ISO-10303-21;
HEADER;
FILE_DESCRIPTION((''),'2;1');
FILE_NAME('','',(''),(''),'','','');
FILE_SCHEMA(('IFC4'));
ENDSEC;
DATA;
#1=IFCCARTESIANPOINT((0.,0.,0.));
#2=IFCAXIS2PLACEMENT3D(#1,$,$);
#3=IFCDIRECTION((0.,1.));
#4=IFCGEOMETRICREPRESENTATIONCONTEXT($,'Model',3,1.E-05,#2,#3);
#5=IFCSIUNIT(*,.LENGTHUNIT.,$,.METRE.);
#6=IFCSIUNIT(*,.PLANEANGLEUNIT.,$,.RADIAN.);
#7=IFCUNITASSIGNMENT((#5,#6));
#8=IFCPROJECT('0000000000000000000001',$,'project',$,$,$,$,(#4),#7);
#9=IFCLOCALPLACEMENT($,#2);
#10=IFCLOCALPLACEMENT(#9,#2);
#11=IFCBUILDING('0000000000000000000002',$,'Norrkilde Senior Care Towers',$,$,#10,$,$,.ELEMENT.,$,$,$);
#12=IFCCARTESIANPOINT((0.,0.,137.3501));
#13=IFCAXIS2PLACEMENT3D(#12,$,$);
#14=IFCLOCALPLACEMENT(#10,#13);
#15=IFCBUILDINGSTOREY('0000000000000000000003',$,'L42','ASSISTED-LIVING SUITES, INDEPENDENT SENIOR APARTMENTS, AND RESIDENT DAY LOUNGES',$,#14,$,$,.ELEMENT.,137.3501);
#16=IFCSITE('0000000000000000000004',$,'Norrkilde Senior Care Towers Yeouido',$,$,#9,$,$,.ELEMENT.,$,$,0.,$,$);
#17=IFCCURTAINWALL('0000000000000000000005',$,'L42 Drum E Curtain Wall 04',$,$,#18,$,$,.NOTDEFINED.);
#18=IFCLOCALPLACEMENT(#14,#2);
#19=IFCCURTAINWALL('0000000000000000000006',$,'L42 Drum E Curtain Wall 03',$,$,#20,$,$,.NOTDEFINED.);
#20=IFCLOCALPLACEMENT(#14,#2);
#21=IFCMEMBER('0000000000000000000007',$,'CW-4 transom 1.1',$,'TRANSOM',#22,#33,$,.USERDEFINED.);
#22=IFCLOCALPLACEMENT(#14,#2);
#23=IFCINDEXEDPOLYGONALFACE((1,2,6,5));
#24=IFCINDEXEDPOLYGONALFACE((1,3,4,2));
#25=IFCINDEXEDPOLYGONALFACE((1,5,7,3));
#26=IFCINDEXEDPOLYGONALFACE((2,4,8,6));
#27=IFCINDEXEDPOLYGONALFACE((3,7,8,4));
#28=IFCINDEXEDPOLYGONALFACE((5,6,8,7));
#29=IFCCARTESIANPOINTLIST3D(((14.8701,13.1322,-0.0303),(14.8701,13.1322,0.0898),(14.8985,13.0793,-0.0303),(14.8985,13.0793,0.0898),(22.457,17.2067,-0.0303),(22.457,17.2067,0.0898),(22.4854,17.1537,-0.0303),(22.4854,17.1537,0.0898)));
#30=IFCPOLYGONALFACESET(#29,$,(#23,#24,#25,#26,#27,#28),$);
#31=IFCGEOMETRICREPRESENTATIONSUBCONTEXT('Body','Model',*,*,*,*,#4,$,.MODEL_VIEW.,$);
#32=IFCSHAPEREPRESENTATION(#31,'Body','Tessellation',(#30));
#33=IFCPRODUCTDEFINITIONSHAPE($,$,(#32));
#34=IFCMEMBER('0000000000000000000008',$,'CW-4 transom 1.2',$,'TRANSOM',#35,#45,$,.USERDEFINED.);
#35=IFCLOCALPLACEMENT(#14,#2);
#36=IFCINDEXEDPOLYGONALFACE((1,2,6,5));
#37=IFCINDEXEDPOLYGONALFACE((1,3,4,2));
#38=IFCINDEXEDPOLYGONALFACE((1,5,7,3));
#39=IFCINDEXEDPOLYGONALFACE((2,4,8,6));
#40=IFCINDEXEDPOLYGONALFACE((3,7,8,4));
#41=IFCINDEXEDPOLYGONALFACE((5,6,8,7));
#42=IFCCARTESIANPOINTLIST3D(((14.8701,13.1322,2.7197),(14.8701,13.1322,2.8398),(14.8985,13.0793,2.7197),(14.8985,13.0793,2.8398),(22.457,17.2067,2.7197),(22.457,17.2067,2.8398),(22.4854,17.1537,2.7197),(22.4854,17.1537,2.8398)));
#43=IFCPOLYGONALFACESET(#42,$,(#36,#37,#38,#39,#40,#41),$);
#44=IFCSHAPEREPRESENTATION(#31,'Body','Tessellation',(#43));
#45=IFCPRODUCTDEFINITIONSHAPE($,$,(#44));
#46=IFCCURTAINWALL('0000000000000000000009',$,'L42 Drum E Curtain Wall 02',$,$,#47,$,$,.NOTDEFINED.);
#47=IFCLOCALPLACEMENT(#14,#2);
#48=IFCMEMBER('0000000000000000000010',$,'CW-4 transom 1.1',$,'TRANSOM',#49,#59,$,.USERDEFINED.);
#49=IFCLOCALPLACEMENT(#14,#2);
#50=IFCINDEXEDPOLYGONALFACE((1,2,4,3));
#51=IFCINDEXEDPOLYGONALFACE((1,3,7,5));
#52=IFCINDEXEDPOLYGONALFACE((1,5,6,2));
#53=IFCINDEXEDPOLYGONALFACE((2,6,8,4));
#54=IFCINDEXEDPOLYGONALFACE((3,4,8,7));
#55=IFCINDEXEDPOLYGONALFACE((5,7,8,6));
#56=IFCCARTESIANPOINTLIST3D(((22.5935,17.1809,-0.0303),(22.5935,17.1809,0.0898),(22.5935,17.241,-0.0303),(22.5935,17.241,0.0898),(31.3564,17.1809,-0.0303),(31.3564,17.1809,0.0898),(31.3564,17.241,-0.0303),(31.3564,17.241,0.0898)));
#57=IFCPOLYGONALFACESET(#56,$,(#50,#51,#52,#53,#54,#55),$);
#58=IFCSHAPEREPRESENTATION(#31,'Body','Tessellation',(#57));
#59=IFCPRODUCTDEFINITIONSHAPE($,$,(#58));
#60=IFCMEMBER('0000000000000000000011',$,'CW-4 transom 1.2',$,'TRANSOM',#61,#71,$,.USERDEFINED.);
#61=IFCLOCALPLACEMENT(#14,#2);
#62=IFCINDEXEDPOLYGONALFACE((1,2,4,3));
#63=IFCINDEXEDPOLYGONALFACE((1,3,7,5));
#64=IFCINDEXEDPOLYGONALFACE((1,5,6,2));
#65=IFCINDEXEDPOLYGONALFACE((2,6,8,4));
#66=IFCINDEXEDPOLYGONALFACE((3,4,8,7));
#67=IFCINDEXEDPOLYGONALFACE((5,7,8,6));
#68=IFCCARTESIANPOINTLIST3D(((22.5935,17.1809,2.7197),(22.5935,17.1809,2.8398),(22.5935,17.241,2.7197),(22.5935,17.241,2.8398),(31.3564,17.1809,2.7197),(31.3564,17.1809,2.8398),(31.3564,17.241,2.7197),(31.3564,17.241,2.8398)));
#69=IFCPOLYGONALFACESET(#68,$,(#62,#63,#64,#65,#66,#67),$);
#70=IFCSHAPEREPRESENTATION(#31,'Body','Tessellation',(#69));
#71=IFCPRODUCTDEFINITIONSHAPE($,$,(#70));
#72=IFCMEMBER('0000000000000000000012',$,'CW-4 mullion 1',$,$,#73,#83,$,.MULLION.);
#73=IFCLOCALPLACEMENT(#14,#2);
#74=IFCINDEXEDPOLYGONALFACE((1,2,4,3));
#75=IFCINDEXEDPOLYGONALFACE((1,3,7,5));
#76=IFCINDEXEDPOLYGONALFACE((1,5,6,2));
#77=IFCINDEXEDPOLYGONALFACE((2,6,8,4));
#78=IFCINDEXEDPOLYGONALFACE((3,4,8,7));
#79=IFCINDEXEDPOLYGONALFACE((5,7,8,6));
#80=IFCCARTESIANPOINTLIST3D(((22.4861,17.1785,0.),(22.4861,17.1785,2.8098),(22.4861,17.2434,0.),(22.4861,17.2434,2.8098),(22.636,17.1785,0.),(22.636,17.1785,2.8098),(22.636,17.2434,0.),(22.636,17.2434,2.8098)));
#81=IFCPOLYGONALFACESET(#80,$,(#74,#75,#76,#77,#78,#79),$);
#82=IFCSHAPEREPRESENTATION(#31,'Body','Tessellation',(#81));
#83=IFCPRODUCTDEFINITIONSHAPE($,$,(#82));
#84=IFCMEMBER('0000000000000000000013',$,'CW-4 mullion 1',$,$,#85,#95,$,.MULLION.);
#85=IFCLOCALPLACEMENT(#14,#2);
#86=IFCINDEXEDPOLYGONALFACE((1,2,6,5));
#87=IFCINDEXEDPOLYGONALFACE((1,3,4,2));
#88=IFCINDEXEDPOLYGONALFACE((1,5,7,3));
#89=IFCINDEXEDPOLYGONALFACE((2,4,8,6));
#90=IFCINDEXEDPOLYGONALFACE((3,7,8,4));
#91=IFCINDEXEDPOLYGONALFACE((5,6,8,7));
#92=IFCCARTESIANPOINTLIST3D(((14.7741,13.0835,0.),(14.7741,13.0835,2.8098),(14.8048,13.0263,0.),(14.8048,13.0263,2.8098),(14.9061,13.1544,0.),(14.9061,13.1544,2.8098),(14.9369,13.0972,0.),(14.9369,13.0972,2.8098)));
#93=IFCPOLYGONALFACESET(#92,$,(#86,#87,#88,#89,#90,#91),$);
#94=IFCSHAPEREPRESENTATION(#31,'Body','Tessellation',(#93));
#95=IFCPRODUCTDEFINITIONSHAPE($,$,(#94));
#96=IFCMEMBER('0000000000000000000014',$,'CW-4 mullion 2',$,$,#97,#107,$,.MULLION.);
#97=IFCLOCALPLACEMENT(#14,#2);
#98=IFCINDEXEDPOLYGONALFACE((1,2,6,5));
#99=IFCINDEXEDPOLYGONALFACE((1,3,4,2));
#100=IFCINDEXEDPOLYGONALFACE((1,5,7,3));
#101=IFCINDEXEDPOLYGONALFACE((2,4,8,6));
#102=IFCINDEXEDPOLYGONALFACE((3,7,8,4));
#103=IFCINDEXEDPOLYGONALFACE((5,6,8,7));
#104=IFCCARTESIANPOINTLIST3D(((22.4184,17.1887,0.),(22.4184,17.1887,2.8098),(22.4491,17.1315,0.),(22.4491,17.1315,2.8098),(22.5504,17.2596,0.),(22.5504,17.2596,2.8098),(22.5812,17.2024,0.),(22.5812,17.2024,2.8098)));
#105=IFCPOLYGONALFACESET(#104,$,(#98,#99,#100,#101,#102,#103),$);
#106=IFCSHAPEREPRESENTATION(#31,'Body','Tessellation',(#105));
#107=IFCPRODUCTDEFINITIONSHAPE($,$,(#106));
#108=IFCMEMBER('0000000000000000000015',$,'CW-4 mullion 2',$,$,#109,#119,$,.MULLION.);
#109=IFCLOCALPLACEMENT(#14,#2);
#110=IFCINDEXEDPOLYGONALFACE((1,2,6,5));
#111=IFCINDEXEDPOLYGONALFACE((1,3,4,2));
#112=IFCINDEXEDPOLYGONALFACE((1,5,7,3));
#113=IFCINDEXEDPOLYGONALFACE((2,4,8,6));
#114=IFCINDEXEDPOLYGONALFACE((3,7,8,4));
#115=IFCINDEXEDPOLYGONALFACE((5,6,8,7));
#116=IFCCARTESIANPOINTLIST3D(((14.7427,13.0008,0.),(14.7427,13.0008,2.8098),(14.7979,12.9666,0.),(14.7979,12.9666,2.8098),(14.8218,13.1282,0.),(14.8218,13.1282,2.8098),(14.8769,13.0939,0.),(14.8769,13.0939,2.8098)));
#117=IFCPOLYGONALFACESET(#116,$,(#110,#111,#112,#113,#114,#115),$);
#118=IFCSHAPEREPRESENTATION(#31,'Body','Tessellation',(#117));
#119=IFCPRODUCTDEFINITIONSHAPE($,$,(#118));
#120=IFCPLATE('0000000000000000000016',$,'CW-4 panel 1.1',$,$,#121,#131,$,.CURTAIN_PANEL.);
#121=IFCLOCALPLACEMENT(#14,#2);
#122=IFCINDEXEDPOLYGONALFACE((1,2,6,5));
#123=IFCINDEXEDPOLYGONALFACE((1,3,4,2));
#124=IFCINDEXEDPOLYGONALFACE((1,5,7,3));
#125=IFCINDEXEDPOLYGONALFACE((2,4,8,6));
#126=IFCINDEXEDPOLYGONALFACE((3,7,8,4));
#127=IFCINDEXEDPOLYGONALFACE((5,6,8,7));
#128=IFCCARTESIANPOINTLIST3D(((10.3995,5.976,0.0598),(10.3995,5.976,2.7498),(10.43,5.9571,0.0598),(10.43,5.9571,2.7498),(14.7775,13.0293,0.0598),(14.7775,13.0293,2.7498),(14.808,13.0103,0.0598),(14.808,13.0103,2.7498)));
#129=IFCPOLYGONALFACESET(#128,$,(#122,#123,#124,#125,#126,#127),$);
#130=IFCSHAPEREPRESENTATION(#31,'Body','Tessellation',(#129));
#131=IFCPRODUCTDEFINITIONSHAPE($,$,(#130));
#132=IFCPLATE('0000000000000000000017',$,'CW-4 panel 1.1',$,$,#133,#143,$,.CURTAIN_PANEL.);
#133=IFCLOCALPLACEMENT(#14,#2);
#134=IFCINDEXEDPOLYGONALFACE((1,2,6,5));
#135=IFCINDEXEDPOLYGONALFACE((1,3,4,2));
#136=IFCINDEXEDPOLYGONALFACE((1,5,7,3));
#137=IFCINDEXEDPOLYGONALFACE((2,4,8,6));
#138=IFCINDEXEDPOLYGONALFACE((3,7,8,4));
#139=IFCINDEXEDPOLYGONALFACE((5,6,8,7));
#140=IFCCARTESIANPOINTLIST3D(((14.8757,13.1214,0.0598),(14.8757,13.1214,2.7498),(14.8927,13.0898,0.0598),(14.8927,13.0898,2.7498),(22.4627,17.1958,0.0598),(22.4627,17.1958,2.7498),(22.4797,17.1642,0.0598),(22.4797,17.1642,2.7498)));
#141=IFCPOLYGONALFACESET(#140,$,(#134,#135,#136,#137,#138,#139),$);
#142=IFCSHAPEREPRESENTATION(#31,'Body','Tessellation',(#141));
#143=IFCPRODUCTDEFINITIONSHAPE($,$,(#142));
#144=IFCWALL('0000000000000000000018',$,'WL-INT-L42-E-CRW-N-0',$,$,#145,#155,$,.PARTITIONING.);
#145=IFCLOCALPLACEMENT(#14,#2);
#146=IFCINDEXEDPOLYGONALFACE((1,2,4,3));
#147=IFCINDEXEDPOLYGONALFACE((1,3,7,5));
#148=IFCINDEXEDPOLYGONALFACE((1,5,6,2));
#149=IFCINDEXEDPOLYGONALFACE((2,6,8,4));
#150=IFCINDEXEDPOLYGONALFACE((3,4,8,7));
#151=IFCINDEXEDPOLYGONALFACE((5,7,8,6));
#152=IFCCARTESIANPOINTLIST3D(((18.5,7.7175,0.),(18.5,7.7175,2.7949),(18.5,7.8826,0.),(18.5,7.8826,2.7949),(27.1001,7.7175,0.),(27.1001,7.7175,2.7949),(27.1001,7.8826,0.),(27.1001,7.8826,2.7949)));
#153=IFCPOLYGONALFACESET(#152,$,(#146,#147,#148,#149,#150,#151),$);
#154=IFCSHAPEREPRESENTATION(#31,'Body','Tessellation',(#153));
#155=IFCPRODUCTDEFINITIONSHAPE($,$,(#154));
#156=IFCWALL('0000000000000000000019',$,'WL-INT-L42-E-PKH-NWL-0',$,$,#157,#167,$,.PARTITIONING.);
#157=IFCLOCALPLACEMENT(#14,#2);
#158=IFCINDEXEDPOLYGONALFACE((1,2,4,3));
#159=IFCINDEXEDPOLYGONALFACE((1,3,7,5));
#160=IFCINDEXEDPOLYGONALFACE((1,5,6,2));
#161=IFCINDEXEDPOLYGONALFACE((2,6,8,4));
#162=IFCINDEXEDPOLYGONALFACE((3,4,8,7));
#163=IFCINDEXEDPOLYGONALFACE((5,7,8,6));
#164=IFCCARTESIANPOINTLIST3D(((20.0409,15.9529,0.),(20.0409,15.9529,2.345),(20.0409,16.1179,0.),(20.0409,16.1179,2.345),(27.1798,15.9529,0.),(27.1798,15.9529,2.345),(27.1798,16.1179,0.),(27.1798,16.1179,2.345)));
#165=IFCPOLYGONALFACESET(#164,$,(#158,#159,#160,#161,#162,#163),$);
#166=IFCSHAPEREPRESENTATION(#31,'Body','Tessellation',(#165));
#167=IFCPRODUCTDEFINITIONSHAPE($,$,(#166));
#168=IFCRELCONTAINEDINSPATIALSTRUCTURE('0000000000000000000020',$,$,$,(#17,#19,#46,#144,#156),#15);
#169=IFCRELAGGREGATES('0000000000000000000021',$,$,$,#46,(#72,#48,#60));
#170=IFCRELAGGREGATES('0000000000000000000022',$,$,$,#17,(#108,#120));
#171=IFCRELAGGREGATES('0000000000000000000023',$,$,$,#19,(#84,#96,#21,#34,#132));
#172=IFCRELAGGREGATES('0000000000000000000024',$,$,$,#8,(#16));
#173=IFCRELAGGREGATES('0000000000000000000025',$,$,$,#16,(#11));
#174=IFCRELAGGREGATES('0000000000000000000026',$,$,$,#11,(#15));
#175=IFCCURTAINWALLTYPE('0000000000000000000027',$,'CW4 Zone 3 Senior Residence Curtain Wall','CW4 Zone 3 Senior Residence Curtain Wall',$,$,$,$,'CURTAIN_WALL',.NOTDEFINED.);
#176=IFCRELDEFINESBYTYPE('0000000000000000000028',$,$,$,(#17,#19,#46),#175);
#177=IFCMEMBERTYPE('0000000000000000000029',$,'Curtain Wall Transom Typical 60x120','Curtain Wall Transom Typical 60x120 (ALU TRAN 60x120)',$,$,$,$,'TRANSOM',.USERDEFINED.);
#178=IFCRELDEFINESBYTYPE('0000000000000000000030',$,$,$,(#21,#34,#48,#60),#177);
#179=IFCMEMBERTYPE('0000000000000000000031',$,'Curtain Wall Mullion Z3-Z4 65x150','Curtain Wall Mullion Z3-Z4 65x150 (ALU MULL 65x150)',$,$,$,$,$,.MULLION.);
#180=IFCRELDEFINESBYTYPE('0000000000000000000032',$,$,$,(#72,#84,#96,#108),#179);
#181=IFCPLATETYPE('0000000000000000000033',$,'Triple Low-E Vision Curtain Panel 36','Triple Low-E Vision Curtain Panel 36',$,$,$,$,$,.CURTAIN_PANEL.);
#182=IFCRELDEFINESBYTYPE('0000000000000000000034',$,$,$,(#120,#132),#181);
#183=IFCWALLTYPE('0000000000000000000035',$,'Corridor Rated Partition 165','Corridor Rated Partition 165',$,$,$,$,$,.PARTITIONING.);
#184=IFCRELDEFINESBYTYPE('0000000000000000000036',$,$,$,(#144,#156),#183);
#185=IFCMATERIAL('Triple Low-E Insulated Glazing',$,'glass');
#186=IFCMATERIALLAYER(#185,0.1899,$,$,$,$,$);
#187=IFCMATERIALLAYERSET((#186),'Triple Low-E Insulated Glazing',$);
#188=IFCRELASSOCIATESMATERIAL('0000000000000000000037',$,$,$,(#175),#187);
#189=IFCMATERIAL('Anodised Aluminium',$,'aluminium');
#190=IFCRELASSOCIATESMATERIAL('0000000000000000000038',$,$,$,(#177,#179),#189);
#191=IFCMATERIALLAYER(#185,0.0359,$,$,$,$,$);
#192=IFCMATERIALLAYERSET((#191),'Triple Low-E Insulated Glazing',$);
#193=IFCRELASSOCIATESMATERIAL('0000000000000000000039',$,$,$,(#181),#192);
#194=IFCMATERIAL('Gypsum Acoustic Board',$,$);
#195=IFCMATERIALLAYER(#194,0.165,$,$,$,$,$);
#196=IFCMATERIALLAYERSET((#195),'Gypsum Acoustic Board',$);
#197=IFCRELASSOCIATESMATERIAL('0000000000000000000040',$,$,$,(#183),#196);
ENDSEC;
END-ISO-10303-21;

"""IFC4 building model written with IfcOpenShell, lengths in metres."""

from ifc_helpers import new_model, si_unit, direction, frame, frame_2d, origin, origin_2d, place, context, subcontext, project, spatial, rectangle, extrude, source, transform, mapped, material, layer, layer_set, material_profile, profile_set, type_object, type_shapes, element, aggregate, save


model = new_model("IFC4")

# Units and contexts
model_context = context("Model", 3, precision=1e-05, world=origin(), true_north=direction((0.0, 1.0)))
body_context = subcontext(model_context, "Body", "Model", "MODEL_VIEW")
ifc_project = project(units=[si_unit("LENGTHUNIT", "METRE"), si_unit("PLANEANGLEUNIT", "RADIAN")], contexts=[model_context])

# Site, building, storey
site_placement = place(None, origin())
site = spatial("IfcSite", under=ifc_project, at=site_placement, Name="Norrkilde Senior Care Towers Yeouido", CompositionType="ELEMENT", RefElevation=0.0)
building_placement = place(site_placement, origin())
building = spatial("IfcBuilding", under=site, at=building_placement, Name="Norrkilde Senior Care Towers", CompositionType="ELEMENT")
storey_placement = place(building_placement, frame((0.0, 0.0, 137.3501)))
storey = spatial("IfcBuildingStorey", under=building, at=storey_placement, Name="L42", Description="ASSISTED-LIVING SUITES, INDEPENDENT SENIOR APARTMENTS, AND RESIDENT DAY LOUNGES", CompositionType="ELEMENT", Elevation=137.3501)

# Curtain walls, members
ifc_material_1 = material(Name="Triple Low-E Insulated Glazing", Category="glass")
ifc_layer_1 = layer(ifc_material_1, 0.1899)
ifc_layer_set_1 = layer_set([ifc_layer_1], Name="Triple Low-E Insulated Glazing")
curtain_wall_type = type_object("IfcCurtainWallType", Name="CW4 Zone 3 Senior Residence Curtain Wall", Description="CW4 Zone 3 Senior Residence Curtain Wall", ElementType="CURTAIN_WALL", PredefinedType="NOTDEFINED", material=ifc_layer_set_1)
curtain_wall_1_placement = place(storey_placement, origin())
curtain_wall_1 = element("IfcCurtainWall", 1, at=curtain_wall_1_placement, inside=storey, type_object=curtain_wall_type, Name="L42 Drum E Curtain Wall 04", PredefinedType="NOTDEFINED")
ifc_material_2 = material(Name="Anodised Aluminium", Category="aluminium")
ifc_material_profile_1 = material_profile(ifc_material_2, rectangle(XDim=0.0601, YDim=0.1201, at=origin_2d()), Name="ALU TRAN 60x120")
ifc_profile_set_1 = profile_set([ifc_material_profile_1], Name="Anodised Aluminium")
member_type_1 = type_object("IfcMemberType", Name="Curtain Wall Transom Typical 60x120", Description="Curtain Wall Transom Typical 60x120 (ALU TRAN 60x120)", ElementType="TRANSOM", PredefinedType="USERDEFINED", material=ifc_profile_set_1)
curtain_wall_2_placement = place(storey_placement, origin())
curtain_wall_2 = element("IfcCurtainWall", 2, at=curtain_wall_2_placement, inside=storey, type_object=curtain_wall_type, Name="L42 Drum E Curtain Wall 03", PredefinedType="NOTDEFINED")
shared_shape_1 = source(origin(), body_context, "Body", "SweptSolid", [
    extrude(rectangle(XDim=0.0601, YDim=0.1201, at=origin_2d()), origin(), (0.0, 0.0, 1.0), 8.6118),
])
member_1_placement = place(storey_placement, frame((14.8843, 13.1057, 0.0298), z_axis=(0.880994, 0.473127, 0.0), x_axis=(-0.473127, 0.880994, 0.0)))
member_1 = element("IfcMember", 3, at=member_1_placement, type_object=member_type_1, Name="CW-4 transom 1.1", ObjectType="TRANSOM", PredefinedType="USERDEFINED", context=body_context, shape_type="MappedRepresentation", body=[
    mapped(shared_shape_1, transform((0.0, 0.0, 0.0), x_axis=(1.0, 0.0, 0.0), y_axis=(0.0, 1.0, 0.0), z_axis=(0.0, 0.0, 1.0), scale=1.0)),
])
member_2_placement = place(storey_placement, frame((14.8843, 13.1057, 2.7798), z_axis=(0.880994, 0.473127, 0.0), x_axis=(-0.473127, 0.880994, 0.0)))
member_2 = element("IfcMember", 4, at=member_2_placement, type_object=member_type_1, Name="CW-4 transom 1.2", ObjectType="TRANSOM", PredefinedType="USERDEFINED", context=body_context, shape_type="MappedRepresentation", body=[
    mapped(shared_shape_1, transform((0.0, 0.0, 0.0), x_axis=(1.0, 0.0, 0.0), y_axis=(0.0, 1.0, 0.0), z_axis=(0.0, 0.0, 1.0), scale=1.0)),
])
curtain_wall_3_placement = place(storey_placement, origin())
curtain_wall_3 = element("IfcCurtainWall", 5, at=curtain_wall_3_placement, inside=storey, type_object=curtain_wall_type, Name="L42 Drum E Curtain Wall 02", PredefinedType="NOTDEFINED")
shared_shape_2 = source(origin(), body_context, "Body", "SweptSolid", [
    extrude(rectangle(XDim=0.0601, YDim=0.1201, at=origin_2d()), origin(), (0.0, 0.0, 1.0), 8.7629),
])
member_3_placement = place(storey_placement, frame((22.5935, 17.2109, 0.0298), z_axis=(1.0, 0.0, 0.0), x_axis=(0.0, 1.0, 0.0)))
member_3 = element("IfcMember", 6, at=member_3_placement, type_object=member_type_1, Name="CW-4 transom 1.1", ObjectType="TRANSOM", PredefinedType="USERDEFINED", context=body_context, shape_type="MappedRepresentation", body=[
    mapped(shared_shape_2, transform((0.0, 0.0, 0.0), x_axis=(1.0, 0.0, 0.0), y_axis=(0.0, 1.0, 0.0), z_axis=(0.0, 0.0, 1.0), scale=1.0)),
])
member_4_placement = place(storey_placement, frame((22.5935, 17.2109, 2.7798), z_axis=(1.0, 0.0, 0.0), x_axis=(0.0, 1.0, 0.0)))
member_4 = element("IfcMember", 7, at=member_4_placement, type_object=member_type_1, Name="CW-4 transom 1.2", ObjectType="TRANSOM", PredefinedType="USERDEFINED", context=body_context, shape_type="MappedRepresentation", body=[
    mapped(shared_shape_2, transform((0.0, 0.0, 0.0), x_axis=(1.0, 0.0, 0.0), y_axis=(0.0, 1.0, 0.0), z_axis=(0.0, 0.0, 1.0), scale=1.0)),
])
ifc_material_profile_2 = material_profile(ifc_material_2, rectangle(XDim=0.0649, YDim=0.1499, at=origin_2d()), Name="ALU MULL 65x150")
ifc_profile_set_2 = profile_set([ifc_material_profile_2], Name="Anodised Aluminium")
member_type_2 = type_object("IfcMemberType", Name="Curtain Wall Mullion Z3-Z4 65x150", Description="Curtain Wall Mullion Z3-Z4 65x150 (ALU MULL 65x150)", PredefinedType="MULLION", material=ifc_profile_set_2)
shared_shape_3 = source(origin(), body_context, "Body", "SweptSolid", [
    extrude(rectangle(XDim=0.0649, YDim=0.1499, at=origin_2d()), origin(), (0.0, 0.0, 1.0), 2.8098),
])
type_shapes(member_type_2, [shared_shape_3])
member_5_placement = place(storey_placement, frame((22.561, 17.2109, 0.0), z_axis=(0.0, 0.0, 1.0), x_axis=(0.0, 1.0, 0.0)))
member_5 = element("IfcMember", 8, at=member_5_placement, type_object=member_type_2, Name="CW-4 mullion 1", PredefinedType="MULLION", context=body_context, shape_type="MappedRepresentation", body=[
    mapped(shared_shape_3, transform((0.0, 0.0, 0.0), x_axis=(1.0, 0.0, 0.0), y_axis=(0.0, 1.0, 0.0), z_axis=(0.0, 0.0, 1.0), scale=1.0)),
])
aggregate(curtain_wall_3, [member_5, member_3, member_4])

# Members
member_6_placement = place(storey_placement, frame((14.8555, 13.0903, 0.0), z_axis=(0.0, 0.0, 1.0), x_axis=(-0.473117, 0.881, 0.0)))
member_6 = element("IfcMember", 9, at=member_6_placement, type_object=member_type_2, Name="CW-4 mullion 1", PredefinedType="MULLION", context=body_context, shape_type="MappedRepresentation", body=[
    mapped(shared_shape_3, transform((0.0, 0.0, 0.0), x_axis=(1.0, 0.0, 0.0), y_axis=(0.0, 1.0, 0.0), z_axis=(0.0, 0.0, 1.0), scale=1.0)),
])
member_7_placement = place(storey_placement, frame((22.4998, 17.1956, 0.0), z_axis=(0.0, 0.0, 1.0), x_axis=(-0.473117, 0.881, 0.0)))
member_7 = element("IfcMember", 10, at=member_7_placement, type_object=member_type_2, Name="CW-4 mullion 2", PredefinedType="MULLION", context=body_context, shape_type="MappedRepresentation", body=[
    mapped(shared_shape_3, transform((0.0, 0.0, 0.0), x_axis=(1.0, 0.0, 0.0), y_axis=(0.0, 1.0, 0.0), z_axis=(0.0, 0.0, 1.0), scale=1.0)),
])
member_8_placement = place(storey_placement, frame((14.8098, 13.0474, 0.0), z_axis=(0.0, 0.0, 1.0), x_axis=(-0.849634, 0.527373, 0.0)))
member_8 = element("IfcMember", 11, at=member_8_placement, type_object=member_type_2, Name="CW-4 mullion 2", PredefinedType="MULLION", context=body_context, shape_type="MappedRepresentation", body=[
    mapped(shared_shape_3, transform((0.0, 0.0, 0.0), x_axis=(1.0, 0.0, 0.0), y_axis=(0.0, 1.0, 0.0), z_axis=(0.0, 0.0, 1.0), scale=1.0)),
])

# Plates
ifc_layer_2 = layer(ifc_material_1, 0.0359)
ifc_layer_set_2 = layer_set([ifc_layer_2], Name="Triple Low-E Insulated Glazing")
plate_type = type_object("IfcPlateType", Name="Triple Low-E Vision Curtain Panel 36", Description="Triple Low-E Vision Curtain Panel 36", PredefinedType="CURTAIN_PANEL", material=ifc_layer_set_2)
shared_shape_4 = source(origin(), body_context, "Body", "SweptSolid", [
    extrude(rectangle(XDim=8.3015, YDim=0.0359, at=origin_2d()), origin(), (0.0, 0.0, 1.0), 2.6899),
])
plate_1_placement = place(storey_placement, frame((12.6038, 9.4932, 0.0598), z_axis=(0.0, 0.0, 1.0), x_axis=(0.527373, 0.849634, 0.0)))
plate_1 = element("IfcPlate", 12, at=plate_1_placement, type_object=plate_type, Name="CW-4 panel 1.1", PredefinedType="CURTAIN_PANEL", context=body_context, shape_type="MappedRepresentation", body=[
    mapped(shared_shape_4, transform((0.0, 0.0, 0.0), x_axis=(1.0, 0.0, 0.0), y_axis=(0.0, 1.0, 0.0), z_axis=(0.0, 0.0, 1.0), scale=1.0)),
])
aggregate(curtain_wall_1, [member_8, plate_1])
shared_shape_5 = source(origin(), body_context, "Body", "SweptSolid", [
    extrude(rectangle(XDim=8.6118, YDim=0.0359, at=origin_2d()), origin(), (0.0, 0.0, 1.0), 2.6899),
])
type_shapes(plate_type, [shared_shape_4, shared_shape_5])
plate_2_placement = place(storey_placement, frame((18.6777, 15.1428, 0.0598), z_axis=(0.0, 0.0, 1.0), x_axis=(0.881, 0.473117, 0.0)))
plate_2 = element("IfcPlate", 13, at=plate_2_placement, type_object=plate_type, Name="CW-4 panel 1.1", PredefinedType="CURTAIN_PANEL", context=body_context, shape_type="MappedRepresentation", body=[
    mapped(shared_shape_5, transform((0.0, 0.0, 0.0), x_axis=(1.0, 0.0, 0.0), y_axis=(0.0, 1.0, 0.0), z_axis=(0.0, 0.0, 1.0), scale=1.0)),
])
aggregate(curtain_wall_2, [member_6, member_7, member_1, member_2, plate_2])

# Walls
ifc_material_3 = material(Name="Gypsum Acoustic Board")
ifc_layer_3 = layer(ifc_material_3, 0.165)
ifc_layer_set_3 = layer_set([ifc_layer_3], Name="Gypsum Acoustic Board")
wall_type = type_object("IfcWallType", Name="Corridor Rated Partition 165", Description="Corridor Rated Partition 165", PredefinedType="PARTITIONING", material=ifc_layer_set_3)
shared_shape_6 = source(origin(), body_context, "Body", "SweptSolid", [
    extrude(rectangle(XDim=8.6001, YDim=0.165, at=frame_2d((4.3, 0.0))), origin(), (0.0, 0.0, 1.0), 2.7949),
])
wall_1_placement = place(storey_placement, frame((18.5, 7.8, 0.0), z_axis=(0.0, 0.0, 1.0), x_axis=(1.0, 0.0, 0.0)))
element("IfcWall", 14, at=wall_1_placement, inside=storey, type_object=wall_type, Name="WL-INT-L42-E-CRW-N-0", PredefinedType="PARTITIONING", context=body_context, shape_type="MappedRepresentation", body=[
    mapped(shared_shape_6, transform((0.0, 0.0, 0.0), x_axis=(1.0, 0.0, 0.0), y_axis=(0.0, 1.0, 0.0), z_axis=(0.0, 0.0, 1.0), scale=1.0)),
])
shared_shape_7 = source(origin(), body_context, "Body", "SweptSolid", [
    extrude(rectangle(XDim=7.1389, YDim=0.165, at=frame_2d((3.5693, 0.0))), origin(), (0.0, 0.0, 1.0), 2.345),
])
wall_2_placement = place(storey_placement, frame((20.041, 16.0354, 0.0), z_axis=(0.0, 0.0, 1.0), x_axis=(1.0, 0.0, 0.0)))
element("IfcWall", 15, at=wall_2_placement, inside=storey, type_object=wall_type, Name="WL-INT-L42-E-PKH-NWL-0", PredefinedType="PARTITIONING", context=body_context, shape_type="MappedRepresentation", body=[
    mapped(shared_shape_7, transform((0.0, 0.0, 0.0), x_axis=(1.0, 0.0, 0.0), y_axis=(0.0, 1.0, 0.0), z_axis=(0.0, 0.0, 1.0), scale=1.0)),
])

save(model, "model.ifc")
